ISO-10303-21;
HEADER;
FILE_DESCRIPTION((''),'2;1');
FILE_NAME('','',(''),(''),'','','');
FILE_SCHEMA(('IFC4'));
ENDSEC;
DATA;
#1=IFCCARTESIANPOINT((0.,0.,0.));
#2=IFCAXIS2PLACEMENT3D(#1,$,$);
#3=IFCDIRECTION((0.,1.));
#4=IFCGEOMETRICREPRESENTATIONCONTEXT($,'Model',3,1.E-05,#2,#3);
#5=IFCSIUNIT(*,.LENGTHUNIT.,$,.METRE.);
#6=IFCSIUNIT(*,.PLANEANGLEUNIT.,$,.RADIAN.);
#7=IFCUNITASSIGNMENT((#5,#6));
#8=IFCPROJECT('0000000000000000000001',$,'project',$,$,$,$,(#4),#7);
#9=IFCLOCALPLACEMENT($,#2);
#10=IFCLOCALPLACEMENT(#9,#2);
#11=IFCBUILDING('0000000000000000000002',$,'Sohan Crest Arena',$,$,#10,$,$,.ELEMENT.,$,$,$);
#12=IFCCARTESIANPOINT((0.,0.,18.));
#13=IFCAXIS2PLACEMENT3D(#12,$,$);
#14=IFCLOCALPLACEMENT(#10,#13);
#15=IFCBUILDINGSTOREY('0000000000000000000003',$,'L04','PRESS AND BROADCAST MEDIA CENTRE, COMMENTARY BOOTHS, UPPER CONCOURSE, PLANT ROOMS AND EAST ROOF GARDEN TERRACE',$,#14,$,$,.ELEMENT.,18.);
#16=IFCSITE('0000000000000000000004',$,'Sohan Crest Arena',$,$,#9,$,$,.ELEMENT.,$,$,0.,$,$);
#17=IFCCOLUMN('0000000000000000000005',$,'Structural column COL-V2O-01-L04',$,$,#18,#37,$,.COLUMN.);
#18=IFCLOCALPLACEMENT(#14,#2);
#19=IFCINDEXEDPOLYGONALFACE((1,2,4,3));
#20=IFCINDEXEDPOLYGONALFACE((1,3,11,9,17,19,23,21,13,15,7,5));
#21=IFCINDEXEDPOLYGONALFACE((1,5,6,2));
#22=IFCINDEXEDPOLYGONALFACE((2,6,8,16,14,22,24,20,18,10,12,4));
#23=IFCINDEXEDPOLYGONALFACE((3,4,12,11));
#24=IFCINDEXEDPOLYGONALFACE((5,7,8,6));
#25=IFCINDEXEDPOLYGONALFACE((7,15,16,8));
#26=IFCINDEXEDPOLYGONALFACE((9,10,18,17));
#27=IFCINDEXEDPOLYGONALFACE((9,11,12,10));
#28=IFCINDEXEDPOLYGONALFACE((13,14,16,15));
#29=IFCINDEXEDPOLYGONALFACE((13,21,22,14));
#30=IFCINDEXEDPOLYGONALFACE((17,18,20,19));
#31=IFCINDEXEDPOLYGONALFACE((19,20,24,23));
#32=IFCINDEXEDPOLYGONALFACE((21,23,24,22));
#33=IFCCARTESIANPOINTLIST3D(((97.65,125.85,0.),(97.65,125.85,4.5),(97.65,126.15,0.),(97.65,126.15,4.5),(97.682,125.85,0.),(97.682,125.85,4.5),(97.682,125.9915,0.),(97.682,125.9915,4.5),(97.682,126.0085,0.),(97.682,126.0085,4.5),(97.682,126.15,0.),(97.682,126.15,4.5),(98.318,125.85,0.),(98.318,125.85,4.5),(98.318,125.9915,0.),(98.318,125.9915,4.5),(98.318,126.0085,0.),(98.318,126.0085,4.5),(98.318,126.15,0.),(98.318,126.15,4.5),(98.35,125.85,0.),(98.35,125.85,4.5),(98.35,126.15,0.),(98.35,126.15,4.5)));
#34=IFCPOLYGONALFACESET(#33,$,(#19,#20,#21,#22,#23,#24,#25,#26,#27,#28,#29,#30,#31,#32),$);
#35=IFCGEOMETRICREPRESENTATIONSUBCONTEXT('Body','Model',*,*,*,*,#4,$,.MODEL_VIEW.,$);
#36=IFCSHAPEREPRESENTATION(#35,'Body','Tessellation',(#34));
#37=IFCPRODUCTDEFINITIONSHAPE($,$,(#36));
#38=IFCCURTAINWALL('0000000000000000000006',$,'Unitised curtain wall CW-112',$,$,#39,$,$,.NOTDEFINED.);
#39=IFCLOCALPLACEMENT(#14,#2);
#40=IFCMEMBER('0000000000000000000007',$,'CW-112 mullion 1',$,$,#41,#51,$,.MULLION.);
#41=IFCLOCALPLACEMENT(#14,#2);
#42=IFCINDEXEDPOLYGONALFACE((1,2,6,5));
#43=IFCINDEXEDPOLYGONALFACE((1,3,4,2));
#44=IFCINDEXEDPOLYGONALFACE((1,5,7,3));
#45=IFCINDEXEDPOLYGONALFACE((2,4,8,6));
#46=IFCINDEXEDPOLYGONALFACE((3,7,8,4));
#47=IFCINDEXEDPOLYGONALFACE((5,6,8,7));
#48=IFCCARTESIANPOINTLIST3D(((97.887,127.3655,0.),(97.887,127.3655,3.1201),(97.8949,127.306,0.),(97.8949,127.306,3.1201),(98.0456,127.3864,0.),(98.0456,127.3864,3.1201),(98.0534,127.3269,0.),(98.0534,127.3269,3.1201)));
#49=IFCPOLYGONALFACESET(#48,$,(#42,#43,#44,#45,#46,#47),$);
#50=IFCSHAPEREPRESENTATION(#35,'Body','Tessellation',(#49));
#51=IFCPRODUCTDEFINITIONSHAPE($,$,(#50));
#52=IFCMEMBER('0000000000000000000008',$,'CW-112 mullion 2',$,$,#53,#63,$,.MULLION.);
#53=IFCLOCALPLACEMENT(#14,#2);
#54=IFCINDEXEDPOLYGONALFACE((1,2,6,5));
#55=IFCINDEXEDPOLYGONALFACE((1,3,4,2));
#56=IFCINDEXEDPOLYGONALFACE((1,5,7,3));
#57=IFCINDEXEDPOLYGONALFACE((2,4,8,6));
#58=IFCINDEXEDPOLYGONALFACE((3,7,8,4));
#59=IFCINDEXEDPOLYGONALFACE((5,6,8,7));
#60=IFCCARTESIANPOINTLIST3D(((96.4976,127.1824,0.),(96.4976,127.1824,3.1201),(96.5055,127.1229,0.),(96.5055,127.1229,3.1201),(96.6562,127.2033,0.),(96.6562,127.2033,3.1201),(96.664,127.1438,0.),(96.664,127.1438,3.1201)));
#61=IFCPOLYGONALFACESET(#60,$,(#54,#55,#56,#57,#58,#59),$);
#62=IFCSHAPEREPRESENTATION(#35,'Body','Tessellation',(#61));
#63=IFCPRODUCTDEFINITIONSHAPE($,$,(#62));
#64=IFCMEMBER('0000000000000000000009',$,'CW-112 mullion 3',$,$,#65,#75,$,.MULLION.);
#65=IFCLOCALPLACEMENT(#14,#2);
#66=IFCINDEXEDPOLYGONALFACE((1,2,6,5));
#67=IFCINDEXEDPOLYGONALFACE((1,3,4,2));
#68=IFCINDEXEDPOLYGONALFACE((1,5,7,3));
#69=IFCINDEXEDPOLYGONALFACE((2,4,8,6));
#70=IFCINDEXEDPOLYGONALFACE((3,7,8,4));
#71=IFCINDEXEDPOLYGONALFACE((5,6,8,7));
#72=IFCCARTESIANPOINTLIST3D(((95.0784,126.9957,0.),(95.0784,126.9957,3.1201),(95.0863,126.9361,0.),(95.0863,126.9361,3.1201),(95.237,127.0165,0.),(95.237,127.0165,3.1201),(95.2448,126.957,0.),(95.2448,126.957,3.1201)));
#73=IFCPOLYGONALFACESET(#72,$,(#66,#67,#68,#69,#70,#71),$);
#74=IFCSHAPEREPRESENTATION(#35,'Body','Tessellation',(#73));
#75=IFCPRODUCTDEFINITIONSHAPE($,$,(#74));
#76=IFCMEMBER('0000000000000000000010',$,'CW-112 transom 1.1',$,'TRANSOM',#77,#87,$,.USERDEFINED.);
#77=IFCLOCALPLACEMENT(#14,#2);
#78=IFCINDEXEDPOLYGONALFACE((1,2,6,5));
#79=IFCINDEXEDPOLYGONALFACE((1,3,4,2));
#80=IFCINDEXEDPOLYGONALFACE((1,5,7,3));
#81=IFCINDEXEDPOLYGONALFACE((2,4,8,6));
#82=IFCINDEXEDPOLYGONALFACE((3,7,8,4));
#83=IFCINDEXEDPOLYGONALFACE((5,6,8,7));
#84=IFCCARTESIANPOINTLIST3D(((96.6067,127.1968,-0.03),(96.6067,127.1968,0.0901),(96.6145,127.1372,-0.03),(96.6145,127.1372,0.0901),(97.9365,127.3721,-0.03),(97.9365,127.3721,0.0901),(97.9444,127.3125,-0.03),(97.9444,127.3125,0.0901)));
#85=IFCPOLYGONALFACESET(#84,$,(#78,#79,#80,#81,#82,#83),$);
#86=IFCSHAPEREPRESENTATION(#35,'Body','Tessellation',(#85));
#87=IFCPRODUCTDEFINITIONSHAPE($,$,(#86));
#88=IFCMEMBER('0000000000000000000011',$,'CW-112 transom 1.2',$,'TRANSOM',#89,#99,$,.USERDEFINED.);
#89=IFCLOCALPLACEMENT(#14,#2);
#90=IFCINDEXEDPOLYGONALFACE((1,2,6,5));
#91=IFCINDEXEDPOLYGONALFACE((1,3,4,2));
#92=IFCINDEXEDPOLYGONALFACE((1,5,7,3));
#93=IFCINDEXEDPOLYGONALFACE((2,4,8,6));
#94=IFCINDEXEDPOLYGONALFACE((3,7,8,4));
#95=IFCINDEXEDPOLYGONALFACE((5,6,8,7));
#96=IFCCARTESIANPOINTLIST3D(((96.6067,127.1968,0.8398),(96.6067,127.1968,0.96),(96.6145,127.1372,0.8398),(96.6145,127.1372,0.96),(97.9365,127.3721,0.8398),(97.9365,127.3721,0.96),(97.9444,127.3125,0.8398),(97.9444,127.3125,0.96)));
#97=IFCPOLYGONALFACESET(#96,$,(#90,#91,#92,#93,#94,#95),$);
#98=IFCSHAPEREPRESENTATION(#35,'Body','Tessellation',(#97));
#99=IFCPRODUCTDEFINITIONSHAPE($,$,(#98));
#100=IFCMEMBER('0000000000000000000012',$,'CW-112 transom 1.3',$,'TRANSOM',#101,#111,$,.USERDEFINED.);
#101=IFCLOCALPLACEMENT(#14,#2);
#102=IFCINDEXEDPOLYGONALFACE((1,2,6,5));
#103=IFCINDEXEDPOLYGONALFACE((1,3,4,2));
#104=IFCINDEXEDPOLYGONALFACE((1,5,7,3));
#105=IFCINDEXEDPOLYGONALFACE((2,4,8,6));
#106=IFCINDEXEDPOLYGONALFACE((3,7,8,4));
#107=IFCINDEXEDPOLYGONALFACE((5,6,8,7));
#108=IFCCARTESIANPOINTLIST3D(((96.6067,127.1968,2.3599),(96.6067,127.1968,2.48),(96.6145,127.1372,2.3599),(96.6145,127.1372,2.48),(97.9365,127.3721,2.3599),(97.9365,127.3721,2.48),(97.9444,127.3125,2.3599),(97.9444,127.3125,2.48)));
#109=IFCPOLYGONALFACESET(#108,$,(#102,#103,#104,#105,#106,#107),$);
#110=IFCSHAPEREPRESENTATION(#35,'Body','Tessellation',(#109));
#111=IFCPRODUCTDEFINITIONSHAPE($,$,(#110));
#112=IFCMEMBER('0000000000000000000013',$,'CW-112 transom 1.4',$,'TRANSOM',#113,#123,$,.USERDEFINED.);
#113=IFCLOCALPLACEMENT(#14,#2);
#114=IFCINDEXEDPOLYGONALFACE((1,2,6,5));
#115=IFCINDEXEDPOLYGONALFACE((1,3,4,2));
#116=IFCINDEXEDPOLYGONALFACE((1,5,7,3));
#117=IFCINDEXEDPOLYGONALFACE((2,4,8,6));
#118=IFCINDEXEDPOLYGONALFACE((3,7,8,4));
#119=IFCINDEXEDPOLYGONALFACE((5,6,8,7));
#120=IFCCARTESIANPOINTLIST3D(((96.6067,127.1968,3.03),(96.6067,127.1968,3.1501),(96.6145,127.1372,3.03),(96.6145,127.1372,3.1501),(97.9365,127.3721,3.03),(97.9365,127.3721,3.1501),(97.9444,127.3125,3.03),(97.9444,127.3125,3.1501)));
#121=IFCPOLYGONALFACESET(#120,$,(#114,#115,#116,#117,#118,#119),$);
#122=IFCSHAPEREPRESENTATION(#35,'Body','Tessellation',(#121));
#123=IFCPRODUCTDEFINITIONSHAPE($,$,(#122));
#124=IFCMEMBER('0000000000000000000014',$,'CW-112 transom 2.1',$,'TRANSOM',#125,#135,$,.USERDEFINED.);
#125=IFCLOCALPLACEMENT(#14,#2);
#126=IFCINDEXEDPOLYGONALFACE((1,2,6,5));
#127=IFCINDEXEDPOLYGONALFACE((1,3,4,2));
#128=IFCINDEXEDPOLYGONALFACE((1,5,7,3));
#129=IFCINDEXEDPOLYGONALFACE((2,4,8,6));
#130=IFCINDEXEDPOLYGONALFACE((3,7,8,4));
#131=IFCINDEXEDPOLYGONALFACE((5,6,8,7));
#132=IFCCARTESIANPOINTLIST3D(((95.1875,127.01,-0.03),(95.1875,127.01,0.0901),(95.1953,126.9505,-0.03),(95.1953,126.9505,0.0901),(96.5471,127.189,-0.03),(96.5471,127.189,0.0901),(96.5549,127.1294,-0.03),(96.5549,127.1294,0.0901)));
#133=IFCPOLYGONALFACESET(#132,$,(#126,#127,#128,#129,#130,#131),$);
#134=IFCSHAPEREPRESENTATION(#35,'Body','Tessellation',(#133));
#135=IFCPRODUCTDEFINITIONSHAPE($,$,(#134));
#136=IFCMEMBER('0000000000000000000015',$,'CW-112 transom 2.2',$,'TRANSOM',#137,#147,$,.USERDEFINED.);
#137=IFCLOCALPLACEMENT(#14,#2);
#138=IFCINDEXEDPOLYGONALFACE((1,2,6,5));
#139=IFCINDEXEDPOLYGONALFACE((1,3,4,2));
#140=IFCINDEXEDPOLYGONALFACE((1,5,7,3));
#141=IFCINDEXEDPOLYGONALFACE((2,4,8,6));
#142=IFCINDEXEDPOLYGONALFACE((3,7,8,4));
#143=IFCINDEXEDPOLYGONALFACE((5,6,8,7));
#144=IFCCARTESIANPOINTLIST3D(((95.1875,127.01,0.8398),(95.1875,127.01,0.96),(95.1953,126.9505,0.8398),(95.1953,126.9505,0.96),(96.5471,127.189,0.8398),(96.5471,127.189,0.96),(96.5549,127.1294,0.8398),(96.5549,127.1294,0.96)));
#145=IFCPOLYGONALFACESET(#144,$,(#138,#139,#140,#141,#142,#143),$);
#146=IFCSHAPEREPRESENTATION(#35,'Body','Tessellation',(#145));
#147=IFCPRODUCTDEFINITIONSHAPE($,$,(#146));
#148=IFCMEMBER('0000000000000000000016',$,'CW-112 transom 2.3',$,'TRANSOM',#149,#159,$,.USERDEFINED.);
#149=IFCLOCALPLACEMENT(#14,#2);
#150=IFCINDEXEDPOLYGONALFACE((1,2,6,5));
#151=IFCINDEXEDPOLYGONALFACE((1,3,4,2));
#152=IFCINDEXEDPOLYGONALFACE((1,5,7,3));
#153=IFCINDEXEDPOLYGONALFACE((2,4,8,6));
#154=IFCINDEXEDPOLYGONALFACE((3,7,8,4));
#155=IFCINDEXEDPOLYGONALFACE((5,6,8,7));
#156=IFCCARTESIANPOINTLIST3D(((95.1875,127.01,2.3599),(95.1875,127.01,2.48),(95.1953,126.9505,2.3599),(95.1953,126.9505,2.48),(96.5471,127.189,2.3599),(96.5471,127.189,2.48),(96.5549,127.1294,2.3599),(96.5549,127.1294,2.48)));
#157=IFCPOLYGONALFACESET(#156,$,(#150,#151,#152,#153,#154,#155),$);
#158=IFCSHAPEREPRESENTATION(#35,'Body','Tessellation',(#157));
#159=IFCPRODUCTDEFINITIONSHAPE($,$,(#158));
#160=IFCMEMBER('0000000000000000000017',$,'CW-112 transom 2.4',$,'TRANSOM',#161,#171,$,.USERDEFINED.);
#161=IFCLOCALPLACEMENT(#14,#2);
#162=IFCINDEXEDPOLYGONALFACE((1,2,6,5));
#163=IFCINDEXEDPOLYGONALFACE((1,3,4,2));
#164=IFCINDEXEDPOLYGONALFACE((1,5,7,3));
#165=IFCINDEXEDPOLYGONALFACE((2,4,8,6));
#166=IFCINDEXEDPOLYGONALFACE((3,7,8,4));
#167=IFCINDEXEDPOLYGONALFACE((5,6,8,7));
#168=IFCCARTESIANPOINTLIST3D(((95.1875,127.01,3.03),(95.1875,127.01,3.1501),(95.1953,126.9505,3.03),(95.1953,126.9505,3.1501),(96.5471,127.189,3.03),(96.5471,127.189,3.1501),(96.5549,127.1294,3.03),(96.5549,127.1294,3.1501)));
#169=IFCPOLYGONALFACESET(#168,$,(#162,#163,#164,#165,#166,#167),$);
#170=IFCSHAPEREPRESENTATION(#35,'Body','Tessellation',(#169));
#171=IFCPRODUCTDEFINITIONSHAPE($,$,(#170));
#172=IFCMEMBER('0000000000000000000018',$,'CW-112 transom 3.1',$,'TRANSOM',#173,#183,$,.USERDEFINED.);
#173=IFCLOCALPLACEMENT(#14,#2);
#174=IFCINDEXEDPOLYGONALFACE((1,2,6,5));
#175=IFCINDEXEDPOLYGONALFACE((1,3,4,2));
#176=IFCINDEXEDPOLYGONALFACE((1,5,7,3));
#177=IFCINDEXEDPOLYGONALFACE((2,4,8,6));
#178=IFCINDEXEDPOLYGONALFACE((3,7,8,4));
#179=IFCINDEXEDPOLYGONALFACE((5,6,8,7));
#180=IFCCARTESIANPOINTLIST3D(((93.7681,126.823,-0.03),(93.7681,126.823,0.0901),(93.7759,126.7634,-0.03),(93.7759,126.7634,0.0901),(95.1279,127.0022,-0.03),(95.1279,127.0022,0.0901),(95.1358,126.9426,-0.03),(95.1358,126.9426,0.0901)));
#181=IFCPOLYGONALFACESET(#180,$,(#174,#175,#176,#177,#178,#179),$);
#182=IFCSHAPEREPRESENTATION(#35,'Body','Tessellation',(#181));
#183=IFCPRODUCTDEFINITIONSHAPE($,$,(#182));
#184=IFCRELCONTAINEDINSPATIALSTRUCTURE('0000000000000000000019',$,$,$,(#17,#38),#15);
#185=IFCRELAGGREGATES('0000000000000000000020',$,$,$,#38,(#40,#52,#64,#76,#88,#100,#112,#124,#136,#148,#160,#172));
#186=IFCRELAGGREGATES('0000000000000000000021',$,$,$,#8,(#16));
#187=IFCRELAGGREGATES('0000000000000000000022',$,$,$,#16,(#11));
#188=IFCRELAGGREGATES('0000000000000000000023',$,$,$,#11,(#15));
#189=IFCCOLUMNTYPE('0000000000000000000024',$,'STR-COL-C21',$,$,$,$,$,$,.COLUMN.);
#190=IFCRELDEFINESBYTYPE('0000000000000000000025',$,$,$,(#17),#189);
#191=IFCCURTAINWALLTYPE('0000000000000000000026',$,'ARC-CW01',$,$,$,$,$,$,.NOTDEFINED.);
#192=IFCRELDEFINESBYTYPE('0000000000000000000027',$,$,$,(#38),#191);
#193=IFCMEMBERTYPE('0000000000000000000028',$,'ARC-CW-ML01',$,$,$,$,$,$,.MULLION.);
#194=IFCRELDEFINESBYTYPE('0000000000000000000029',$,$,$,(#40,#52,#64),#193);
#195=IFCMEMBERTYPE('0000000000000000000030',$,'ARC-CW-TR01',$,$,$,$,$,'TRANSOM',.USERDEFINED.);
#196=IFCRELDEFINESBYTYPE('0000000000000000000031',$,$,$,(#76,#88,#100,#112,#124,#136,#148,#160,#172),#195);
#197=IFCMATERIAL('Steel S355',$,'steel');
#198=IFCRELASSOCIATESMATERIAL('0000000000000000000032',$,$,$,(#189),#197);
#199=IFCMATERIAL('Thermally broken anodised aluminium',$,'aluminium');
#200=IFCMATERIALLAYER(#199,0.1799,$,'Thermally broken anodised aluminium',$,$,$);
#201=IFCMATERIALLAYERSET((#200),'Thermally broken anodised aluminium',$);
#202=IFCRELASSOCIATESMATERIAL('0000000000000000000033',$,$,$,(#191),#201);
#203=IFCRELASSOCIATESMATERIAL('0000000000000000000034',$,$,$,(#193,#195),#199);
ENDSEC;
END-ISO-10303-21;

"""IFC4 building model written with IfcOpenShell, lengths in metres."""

from ifc_helpers import new_model, si_unit, direction, frame, origin, origin_2d, place, context, subcontext, project, spatial, rectangle, i_section, extrude, material, layer, layer_set, material_profile, profile_set, type_object, element, aggregate, save


model = new_model("IFC4")

# Units and contexts
model_context = context("Model", 3, precision=1e-05, world=origin(), true_north=direction((0.0, 1.0)))
body_context = subcontext(model_context, "Body", "Model", "MODEL_VIEW")
ifc_project = project(units=[si_unit("LENGTHUNIT", "METRE"), si_unit("PLANEANGLEUNIT", "RADIAN")], contexts=[model_context])

# Site, building, storey
site_placement = place(None, origin())
site = spatial("IfcSite", under=ifc_project, at=site_placement, Name="Sohan Crest Arena", CompositionType="ELEMENT", RefElevation=0.0)
building_placement = place(site_placement, origin())
building = spatial("IfcBuilding", under=site, at=building_placement, Name="Sohan Crest Arena", CompositionType="ELEMENT")
storey_placement = place(building_placement, frame((0.0, 0.0, 18.0)))
storey = spatial("IfcBuildingStorey", under=building, at=storey_placement, Name="L04", Description="PRESS AND BROADCAST MEDIA CENTRE, COMMENTARY BOOTHS, UPPER CONCOURSE, PLANT ROOMS AND EAST ROOF GARDEN TERRACE", CompositionType="ELEMENT", Elevation=18.0)

# Column
ifc_material_1 = material(Name="Steel S355", Category="steel")
ifc_material_profile_1 = material_profile(ifc_material_1, i_section(OverallWidth=0.3, OverallDepth=0.7, WebThickness=0.0171, FlangeThickness=0.032, at=origin_2d()), Name="HEB 700")
ifc_profile_set_1 = profile_set([ifc_material_profile_1], Name="Steel S355")
column_type = type_object("IfcColumnType", Name="STR-COL-C21", PredefinedType="COLUMN", material=ifc_profile_set_1)
column_placement = place(storey_placement, frame((98.0, 126.0, 0.0), z_axis=(0.0, 0.0, 1.0), x_axis=(0.0, 1.0, 0.0)))
element("IfcColumn", 1, at=column_placement, inside=storey, type_object=column_type, Name="Structural column COL-V2O-01-L04", PredefinedType="COLUMN", context=body_context, shape_type="SweptSolid", body=[
    extrude(i_section(OverallWidth=0.3, OverallDepth=0.7, WebThickness=0.0171, FlangeThickness=0.032, at=origin_2d()), origin(), (0.0, 0.0, 1.0), 4.5),
])

# Curtain wall, members
ifc_material_2 = material(Name="Thermally broken anodised aluminium", Category="aluminium")
ifc_layer_1 = layer(ifc_material_2, 0.1799, Name="Thermally broken anodised aluminium")
ifc_layer_set_1 = layer_set([ifc_layer_1], Name="Thermally broken anodised aluminium")
curtain_wall_type = type_object("IfcCurtainWallType", Name="ARC-CW01", PredefinedType="NOTDEFINED", material=ifc_layer_set_1)
curtain_wall_placement = place(storey_placement, origin())
curtain_wall = element("IfcCurtainWall", 2, at=curtain_wall_placement, inside=storey, type_object=curtain_wall_type, Name="Unitised curtain wall CW-112", PredefinedType="NOTDEFINED")
ifc_material_profile_2 = material_profile(ifc_material_2, rectangle(XDim=0.0601, YDim=0.1599, at=origin_2d()), Name="ALU-MULL 60x160")
ifc_profile_set_2 = profile_set([ifc_material_profile_2], Name="Thermally broken anodised aluminium")
member_type_1 = type_object("IfcMemberType", Name="ARC-CW-ML01", PredefinedType="MULLION", material=ifc_profile_set_2)
member_1_placement = place(storey_placement, frame((97.9702, 127.3462, 0.0), z_axis=(0.0, 0.0, 1.0), x_axis=(0.130557, -0.991441, 0.0)))
member_1 = element("IfcMember", 3, at=member_1_placement, type_object=member_type_1, Name="CW-112 mullion 1", PredefinedType="MULLION", context=body_context, shape_type="SweptSolid", body=[
    extrude(rectangle(XDim=0.0601, YDim=0.1599, at=origin_2d()), origin(), (0.0, 0.0, 1.0), 3.1201),
])
member_2_placement = place(storey_placement, frame((96.5808, 127.1631, 0.0), z_axis=(0.0, 0.0, 1.0), x_axis=(0.130557, -0.991441, 0.0)))
member_2 = element("IfcMember", 4, at=member_2_placement, type_object=member_type_1, Name="CW-112 mullion 2", PredefinedType="MULLION", context=body_context, shape_type="SweptSolid", body=[
    extrude(rectangle(XDim=0.0601, YDim=0.1599, at=origin_2d()), origin(), (0.0, 0.0, 1.0), 3.1201),
])
member_3_placement = place(storey_placement, frame((95.1616, 126.9763, 0.0), z_axis=(0.0, 0.0, 1.0), x_axis=(0.130557, -0.991441, 0.0)))
member_3 = element("IfcMember", 5, at=member_3_placement, type_object=member_type_1, Name="CW-112 mullion 3", PredefinedType="MULLION", context=body_context, shape_type="SweptSolid", body=[
    extrude(rectangle(XDim=0.0601, YDim=0.1599, at=origin_2d()), origin(), (0.0, 0.0, 1.0), 3.1201),
])
ifc_material_profile_3 = material_profile(ifc_material_2, rectangle(XDim=0.0601, YDim=0.1201, at=origin_2d()), Name="ALU-TRAN 60x120")
ifc_profile_set_3 = profile_set([ifc_material_profile_3], Name="Thermally broken anodised aluminium")
member_type_2 = type_object("IfcMemberType", Name="ARC-CW-TR01", ElementType="TRANSOM", PredefinedType="USERDEFINED", material=ifc_profile_set_3)
member_4_placement = place(storey_placement, frame((97.9404, 127.3423, 0.03), z_axis=(-0.991424, -0.130685, 0.0), x_axis=(0.130685, -0.991424, 0.0)))
member_4 = element("IfcMember", 6, at=member_4_placement, type_object=member_type_2, Name="CW-112 transom 1.1", ObjectType="TRANSOM", PredefinedType="USERDEFINED", context=body_context, shape_type="SweptSolid", body=[
    extrude(rectangle(XDim=0.0601, YDim=0.1201, at=origin_2d()), origin(), (0.0, 0.0, 1.0), 1.3413),
])
member_5_placement = place(storey_placement, frame((97.9404, 127.3423, 0.8999), z_axis=(-0.991424, -0.130685, 0.0), x_axis=(0.130685, -0.991424, 0.0)))
member_5 = element("IfcMember", 7, at=member_5_placement, type_object=member_type_2, Name="CW-112 transom 1.2", ObjectType="TRANSOM", PredefinedType="USERDEFINED", context=body_context, shape_type="SweptSolid", body=[
    extrude(rectangle(XDim=0.0601, YDim=0.1201, at=origin_2d()), origin(), (0.0, 0.0, 1.0), 1.3413),
])
member_6_placement = place(storey_placement, frame((97.9404, 127.3423, 2.4199), z_axis=(-0.991424, -0.130685, 0.0), x_axis=(0.130685, -0.991424, 0.0)))
member_6 = element("IfcMember", 8, at=member_6_placement, type_object=member_type_2, Name="CW-112 transom 1.3", ObjectType="TRANSOM", PredefinedType="USERDEFINED", context=body_context, shape_type="SweptSolid", body=[
    extrude(rectangle(XDim=0.0601, YDim=0.1201, at=origin_2d()), origin(), (0.0, 0.0, 1.0), 1.3413),
])
member_7_placement = place(storey_placement, frame((97.9404, 127.3423, 3.0901), z_axis=(-0.991424, -0.130685, 0.0), x_axis=(0.130685, -0.991424, 0.0)))
member_7 = element("IfcMember", 9, at=member_7_placement, type_object=member_type_2, Name="CW-112 transom 1.4", ObjectType="TRANSOM", PredefinedType="USERDEFINED", context=body_context, shape_type="SweptSolid", body=[
    extrude(rectangle(XDim=0.0601, YDim=0.1201, at=origin_2d()), origin(), (0.0, 0.0, 1.0), 1.3413),
])
member_8_placement = place(storey_placement, frame((96.551, 127.1592, 0.03), z_axis=(-0.991449, -0.130496, 0.0), x_axis=(0.130496, -0.991449, 0.0)))
member_8 = element("IfcMember", 10, at=member_8_placement, type_object=member_type_2, Name="CW-112 transom 2.1", ObjectType="TRANSOM", PredefinedType="USERDEFINED", context=body_context, shape_type="SweptSolid", body=[
    extrude(rectangle(XDim=0.0601, YDim=0.1201, at=origin_2d()), origin(), (0.0, 0.0, 1.0), 1.3713),
])
member_9_placement = place(storey_placement, frame((96.551, 127.1592, 0.8999), z_axis=(-0.991449, -0.130496, 0.0), x_axis=(0.130496, -0.991449, 0.0)))
member_9 = element("IfcMember", 11, at=member_9_placement, type_object=member_type_2, Name="CW-112 transom 2.2", ObjectType="TRANSOM", PredefinedType="USERDEFINED", context=body_context, shape_type="SweptSolid", body=[
    extrude(rectangle(XDim=0.0601, YDim=0.1201, at=origin_2d()), origin(), (0.0, 0.0, 1.0), 1.3713),
])
member_10_placement = place(storey_placement, frame((96.551, 127.1592, 2.4199), z_axis=(-0.991449, -0.130496, 0.0), x_axis=(0.130496, -0.991449, 0.0)))
member_10 = element("IfcMember", 12, at=member_10_placement, type_object=member_type_2, Name="CW-112 transom 2.3", ObjectType="TRANSOM", PredefinedType="USERDEFINED", context=body_context, shape_type="SweptSolid", body=[
    extrude(rectangle(XDim=0.0601, YDim=0.1201, at=origin_2d()), origin(), (0.0, 0.0, 1.0), 1.3713),
])
member_11_placement = place(storey_placement, frame((96.551, 127.1592, 3.0901), z_axis=(-0.991449, -0.130496, 0.0), x_axis=(0.130496, -0.991449, 0.0)))
member_11 = element("IfcMember", 13, at=member_11_placement, type_object=member_type_2, Name="CW-112 transom 2.4", ObjectType="TRANSOM", PredefinedType="USERDEFINED", context=body_context, shape_type="SweptSolid", body=[
    extrude(rectangle(XDim=0.0601, YDim=0.1201, at=origin_2d()), origin(), (0.0, 0.0, 1.0), 1.3713),
])
member_12_placement = place(storey_placement, frame((95.1318, 126.9724, 0.03), z_axis=(-0.991429, -0.130648, 0.0), x_axis=(0.130648, -0.991429, 0.0)))
member_12 = element("IfcMember", 14, at=member_12_placement, type_object=member_type_2, Name="CW-112 transom 3.1", ObjectType="TRANSOM", PredefinedType="USERDEFINED", context=body_context, shape_type="SweptSolid", body=[
    extrude(rectangle(XDim=0.0601, YDim=0.1201, at=origin_2d()), origin(), (0.0, 0.0, 1.0), 1.3716),
])

aggregate(curtain_wall, [member_1, member_2, member_3, member_4, member_5, member_6, member_7, member_8, member_9, member_10, member_11, member_12])

save(model, "model.ifc")
